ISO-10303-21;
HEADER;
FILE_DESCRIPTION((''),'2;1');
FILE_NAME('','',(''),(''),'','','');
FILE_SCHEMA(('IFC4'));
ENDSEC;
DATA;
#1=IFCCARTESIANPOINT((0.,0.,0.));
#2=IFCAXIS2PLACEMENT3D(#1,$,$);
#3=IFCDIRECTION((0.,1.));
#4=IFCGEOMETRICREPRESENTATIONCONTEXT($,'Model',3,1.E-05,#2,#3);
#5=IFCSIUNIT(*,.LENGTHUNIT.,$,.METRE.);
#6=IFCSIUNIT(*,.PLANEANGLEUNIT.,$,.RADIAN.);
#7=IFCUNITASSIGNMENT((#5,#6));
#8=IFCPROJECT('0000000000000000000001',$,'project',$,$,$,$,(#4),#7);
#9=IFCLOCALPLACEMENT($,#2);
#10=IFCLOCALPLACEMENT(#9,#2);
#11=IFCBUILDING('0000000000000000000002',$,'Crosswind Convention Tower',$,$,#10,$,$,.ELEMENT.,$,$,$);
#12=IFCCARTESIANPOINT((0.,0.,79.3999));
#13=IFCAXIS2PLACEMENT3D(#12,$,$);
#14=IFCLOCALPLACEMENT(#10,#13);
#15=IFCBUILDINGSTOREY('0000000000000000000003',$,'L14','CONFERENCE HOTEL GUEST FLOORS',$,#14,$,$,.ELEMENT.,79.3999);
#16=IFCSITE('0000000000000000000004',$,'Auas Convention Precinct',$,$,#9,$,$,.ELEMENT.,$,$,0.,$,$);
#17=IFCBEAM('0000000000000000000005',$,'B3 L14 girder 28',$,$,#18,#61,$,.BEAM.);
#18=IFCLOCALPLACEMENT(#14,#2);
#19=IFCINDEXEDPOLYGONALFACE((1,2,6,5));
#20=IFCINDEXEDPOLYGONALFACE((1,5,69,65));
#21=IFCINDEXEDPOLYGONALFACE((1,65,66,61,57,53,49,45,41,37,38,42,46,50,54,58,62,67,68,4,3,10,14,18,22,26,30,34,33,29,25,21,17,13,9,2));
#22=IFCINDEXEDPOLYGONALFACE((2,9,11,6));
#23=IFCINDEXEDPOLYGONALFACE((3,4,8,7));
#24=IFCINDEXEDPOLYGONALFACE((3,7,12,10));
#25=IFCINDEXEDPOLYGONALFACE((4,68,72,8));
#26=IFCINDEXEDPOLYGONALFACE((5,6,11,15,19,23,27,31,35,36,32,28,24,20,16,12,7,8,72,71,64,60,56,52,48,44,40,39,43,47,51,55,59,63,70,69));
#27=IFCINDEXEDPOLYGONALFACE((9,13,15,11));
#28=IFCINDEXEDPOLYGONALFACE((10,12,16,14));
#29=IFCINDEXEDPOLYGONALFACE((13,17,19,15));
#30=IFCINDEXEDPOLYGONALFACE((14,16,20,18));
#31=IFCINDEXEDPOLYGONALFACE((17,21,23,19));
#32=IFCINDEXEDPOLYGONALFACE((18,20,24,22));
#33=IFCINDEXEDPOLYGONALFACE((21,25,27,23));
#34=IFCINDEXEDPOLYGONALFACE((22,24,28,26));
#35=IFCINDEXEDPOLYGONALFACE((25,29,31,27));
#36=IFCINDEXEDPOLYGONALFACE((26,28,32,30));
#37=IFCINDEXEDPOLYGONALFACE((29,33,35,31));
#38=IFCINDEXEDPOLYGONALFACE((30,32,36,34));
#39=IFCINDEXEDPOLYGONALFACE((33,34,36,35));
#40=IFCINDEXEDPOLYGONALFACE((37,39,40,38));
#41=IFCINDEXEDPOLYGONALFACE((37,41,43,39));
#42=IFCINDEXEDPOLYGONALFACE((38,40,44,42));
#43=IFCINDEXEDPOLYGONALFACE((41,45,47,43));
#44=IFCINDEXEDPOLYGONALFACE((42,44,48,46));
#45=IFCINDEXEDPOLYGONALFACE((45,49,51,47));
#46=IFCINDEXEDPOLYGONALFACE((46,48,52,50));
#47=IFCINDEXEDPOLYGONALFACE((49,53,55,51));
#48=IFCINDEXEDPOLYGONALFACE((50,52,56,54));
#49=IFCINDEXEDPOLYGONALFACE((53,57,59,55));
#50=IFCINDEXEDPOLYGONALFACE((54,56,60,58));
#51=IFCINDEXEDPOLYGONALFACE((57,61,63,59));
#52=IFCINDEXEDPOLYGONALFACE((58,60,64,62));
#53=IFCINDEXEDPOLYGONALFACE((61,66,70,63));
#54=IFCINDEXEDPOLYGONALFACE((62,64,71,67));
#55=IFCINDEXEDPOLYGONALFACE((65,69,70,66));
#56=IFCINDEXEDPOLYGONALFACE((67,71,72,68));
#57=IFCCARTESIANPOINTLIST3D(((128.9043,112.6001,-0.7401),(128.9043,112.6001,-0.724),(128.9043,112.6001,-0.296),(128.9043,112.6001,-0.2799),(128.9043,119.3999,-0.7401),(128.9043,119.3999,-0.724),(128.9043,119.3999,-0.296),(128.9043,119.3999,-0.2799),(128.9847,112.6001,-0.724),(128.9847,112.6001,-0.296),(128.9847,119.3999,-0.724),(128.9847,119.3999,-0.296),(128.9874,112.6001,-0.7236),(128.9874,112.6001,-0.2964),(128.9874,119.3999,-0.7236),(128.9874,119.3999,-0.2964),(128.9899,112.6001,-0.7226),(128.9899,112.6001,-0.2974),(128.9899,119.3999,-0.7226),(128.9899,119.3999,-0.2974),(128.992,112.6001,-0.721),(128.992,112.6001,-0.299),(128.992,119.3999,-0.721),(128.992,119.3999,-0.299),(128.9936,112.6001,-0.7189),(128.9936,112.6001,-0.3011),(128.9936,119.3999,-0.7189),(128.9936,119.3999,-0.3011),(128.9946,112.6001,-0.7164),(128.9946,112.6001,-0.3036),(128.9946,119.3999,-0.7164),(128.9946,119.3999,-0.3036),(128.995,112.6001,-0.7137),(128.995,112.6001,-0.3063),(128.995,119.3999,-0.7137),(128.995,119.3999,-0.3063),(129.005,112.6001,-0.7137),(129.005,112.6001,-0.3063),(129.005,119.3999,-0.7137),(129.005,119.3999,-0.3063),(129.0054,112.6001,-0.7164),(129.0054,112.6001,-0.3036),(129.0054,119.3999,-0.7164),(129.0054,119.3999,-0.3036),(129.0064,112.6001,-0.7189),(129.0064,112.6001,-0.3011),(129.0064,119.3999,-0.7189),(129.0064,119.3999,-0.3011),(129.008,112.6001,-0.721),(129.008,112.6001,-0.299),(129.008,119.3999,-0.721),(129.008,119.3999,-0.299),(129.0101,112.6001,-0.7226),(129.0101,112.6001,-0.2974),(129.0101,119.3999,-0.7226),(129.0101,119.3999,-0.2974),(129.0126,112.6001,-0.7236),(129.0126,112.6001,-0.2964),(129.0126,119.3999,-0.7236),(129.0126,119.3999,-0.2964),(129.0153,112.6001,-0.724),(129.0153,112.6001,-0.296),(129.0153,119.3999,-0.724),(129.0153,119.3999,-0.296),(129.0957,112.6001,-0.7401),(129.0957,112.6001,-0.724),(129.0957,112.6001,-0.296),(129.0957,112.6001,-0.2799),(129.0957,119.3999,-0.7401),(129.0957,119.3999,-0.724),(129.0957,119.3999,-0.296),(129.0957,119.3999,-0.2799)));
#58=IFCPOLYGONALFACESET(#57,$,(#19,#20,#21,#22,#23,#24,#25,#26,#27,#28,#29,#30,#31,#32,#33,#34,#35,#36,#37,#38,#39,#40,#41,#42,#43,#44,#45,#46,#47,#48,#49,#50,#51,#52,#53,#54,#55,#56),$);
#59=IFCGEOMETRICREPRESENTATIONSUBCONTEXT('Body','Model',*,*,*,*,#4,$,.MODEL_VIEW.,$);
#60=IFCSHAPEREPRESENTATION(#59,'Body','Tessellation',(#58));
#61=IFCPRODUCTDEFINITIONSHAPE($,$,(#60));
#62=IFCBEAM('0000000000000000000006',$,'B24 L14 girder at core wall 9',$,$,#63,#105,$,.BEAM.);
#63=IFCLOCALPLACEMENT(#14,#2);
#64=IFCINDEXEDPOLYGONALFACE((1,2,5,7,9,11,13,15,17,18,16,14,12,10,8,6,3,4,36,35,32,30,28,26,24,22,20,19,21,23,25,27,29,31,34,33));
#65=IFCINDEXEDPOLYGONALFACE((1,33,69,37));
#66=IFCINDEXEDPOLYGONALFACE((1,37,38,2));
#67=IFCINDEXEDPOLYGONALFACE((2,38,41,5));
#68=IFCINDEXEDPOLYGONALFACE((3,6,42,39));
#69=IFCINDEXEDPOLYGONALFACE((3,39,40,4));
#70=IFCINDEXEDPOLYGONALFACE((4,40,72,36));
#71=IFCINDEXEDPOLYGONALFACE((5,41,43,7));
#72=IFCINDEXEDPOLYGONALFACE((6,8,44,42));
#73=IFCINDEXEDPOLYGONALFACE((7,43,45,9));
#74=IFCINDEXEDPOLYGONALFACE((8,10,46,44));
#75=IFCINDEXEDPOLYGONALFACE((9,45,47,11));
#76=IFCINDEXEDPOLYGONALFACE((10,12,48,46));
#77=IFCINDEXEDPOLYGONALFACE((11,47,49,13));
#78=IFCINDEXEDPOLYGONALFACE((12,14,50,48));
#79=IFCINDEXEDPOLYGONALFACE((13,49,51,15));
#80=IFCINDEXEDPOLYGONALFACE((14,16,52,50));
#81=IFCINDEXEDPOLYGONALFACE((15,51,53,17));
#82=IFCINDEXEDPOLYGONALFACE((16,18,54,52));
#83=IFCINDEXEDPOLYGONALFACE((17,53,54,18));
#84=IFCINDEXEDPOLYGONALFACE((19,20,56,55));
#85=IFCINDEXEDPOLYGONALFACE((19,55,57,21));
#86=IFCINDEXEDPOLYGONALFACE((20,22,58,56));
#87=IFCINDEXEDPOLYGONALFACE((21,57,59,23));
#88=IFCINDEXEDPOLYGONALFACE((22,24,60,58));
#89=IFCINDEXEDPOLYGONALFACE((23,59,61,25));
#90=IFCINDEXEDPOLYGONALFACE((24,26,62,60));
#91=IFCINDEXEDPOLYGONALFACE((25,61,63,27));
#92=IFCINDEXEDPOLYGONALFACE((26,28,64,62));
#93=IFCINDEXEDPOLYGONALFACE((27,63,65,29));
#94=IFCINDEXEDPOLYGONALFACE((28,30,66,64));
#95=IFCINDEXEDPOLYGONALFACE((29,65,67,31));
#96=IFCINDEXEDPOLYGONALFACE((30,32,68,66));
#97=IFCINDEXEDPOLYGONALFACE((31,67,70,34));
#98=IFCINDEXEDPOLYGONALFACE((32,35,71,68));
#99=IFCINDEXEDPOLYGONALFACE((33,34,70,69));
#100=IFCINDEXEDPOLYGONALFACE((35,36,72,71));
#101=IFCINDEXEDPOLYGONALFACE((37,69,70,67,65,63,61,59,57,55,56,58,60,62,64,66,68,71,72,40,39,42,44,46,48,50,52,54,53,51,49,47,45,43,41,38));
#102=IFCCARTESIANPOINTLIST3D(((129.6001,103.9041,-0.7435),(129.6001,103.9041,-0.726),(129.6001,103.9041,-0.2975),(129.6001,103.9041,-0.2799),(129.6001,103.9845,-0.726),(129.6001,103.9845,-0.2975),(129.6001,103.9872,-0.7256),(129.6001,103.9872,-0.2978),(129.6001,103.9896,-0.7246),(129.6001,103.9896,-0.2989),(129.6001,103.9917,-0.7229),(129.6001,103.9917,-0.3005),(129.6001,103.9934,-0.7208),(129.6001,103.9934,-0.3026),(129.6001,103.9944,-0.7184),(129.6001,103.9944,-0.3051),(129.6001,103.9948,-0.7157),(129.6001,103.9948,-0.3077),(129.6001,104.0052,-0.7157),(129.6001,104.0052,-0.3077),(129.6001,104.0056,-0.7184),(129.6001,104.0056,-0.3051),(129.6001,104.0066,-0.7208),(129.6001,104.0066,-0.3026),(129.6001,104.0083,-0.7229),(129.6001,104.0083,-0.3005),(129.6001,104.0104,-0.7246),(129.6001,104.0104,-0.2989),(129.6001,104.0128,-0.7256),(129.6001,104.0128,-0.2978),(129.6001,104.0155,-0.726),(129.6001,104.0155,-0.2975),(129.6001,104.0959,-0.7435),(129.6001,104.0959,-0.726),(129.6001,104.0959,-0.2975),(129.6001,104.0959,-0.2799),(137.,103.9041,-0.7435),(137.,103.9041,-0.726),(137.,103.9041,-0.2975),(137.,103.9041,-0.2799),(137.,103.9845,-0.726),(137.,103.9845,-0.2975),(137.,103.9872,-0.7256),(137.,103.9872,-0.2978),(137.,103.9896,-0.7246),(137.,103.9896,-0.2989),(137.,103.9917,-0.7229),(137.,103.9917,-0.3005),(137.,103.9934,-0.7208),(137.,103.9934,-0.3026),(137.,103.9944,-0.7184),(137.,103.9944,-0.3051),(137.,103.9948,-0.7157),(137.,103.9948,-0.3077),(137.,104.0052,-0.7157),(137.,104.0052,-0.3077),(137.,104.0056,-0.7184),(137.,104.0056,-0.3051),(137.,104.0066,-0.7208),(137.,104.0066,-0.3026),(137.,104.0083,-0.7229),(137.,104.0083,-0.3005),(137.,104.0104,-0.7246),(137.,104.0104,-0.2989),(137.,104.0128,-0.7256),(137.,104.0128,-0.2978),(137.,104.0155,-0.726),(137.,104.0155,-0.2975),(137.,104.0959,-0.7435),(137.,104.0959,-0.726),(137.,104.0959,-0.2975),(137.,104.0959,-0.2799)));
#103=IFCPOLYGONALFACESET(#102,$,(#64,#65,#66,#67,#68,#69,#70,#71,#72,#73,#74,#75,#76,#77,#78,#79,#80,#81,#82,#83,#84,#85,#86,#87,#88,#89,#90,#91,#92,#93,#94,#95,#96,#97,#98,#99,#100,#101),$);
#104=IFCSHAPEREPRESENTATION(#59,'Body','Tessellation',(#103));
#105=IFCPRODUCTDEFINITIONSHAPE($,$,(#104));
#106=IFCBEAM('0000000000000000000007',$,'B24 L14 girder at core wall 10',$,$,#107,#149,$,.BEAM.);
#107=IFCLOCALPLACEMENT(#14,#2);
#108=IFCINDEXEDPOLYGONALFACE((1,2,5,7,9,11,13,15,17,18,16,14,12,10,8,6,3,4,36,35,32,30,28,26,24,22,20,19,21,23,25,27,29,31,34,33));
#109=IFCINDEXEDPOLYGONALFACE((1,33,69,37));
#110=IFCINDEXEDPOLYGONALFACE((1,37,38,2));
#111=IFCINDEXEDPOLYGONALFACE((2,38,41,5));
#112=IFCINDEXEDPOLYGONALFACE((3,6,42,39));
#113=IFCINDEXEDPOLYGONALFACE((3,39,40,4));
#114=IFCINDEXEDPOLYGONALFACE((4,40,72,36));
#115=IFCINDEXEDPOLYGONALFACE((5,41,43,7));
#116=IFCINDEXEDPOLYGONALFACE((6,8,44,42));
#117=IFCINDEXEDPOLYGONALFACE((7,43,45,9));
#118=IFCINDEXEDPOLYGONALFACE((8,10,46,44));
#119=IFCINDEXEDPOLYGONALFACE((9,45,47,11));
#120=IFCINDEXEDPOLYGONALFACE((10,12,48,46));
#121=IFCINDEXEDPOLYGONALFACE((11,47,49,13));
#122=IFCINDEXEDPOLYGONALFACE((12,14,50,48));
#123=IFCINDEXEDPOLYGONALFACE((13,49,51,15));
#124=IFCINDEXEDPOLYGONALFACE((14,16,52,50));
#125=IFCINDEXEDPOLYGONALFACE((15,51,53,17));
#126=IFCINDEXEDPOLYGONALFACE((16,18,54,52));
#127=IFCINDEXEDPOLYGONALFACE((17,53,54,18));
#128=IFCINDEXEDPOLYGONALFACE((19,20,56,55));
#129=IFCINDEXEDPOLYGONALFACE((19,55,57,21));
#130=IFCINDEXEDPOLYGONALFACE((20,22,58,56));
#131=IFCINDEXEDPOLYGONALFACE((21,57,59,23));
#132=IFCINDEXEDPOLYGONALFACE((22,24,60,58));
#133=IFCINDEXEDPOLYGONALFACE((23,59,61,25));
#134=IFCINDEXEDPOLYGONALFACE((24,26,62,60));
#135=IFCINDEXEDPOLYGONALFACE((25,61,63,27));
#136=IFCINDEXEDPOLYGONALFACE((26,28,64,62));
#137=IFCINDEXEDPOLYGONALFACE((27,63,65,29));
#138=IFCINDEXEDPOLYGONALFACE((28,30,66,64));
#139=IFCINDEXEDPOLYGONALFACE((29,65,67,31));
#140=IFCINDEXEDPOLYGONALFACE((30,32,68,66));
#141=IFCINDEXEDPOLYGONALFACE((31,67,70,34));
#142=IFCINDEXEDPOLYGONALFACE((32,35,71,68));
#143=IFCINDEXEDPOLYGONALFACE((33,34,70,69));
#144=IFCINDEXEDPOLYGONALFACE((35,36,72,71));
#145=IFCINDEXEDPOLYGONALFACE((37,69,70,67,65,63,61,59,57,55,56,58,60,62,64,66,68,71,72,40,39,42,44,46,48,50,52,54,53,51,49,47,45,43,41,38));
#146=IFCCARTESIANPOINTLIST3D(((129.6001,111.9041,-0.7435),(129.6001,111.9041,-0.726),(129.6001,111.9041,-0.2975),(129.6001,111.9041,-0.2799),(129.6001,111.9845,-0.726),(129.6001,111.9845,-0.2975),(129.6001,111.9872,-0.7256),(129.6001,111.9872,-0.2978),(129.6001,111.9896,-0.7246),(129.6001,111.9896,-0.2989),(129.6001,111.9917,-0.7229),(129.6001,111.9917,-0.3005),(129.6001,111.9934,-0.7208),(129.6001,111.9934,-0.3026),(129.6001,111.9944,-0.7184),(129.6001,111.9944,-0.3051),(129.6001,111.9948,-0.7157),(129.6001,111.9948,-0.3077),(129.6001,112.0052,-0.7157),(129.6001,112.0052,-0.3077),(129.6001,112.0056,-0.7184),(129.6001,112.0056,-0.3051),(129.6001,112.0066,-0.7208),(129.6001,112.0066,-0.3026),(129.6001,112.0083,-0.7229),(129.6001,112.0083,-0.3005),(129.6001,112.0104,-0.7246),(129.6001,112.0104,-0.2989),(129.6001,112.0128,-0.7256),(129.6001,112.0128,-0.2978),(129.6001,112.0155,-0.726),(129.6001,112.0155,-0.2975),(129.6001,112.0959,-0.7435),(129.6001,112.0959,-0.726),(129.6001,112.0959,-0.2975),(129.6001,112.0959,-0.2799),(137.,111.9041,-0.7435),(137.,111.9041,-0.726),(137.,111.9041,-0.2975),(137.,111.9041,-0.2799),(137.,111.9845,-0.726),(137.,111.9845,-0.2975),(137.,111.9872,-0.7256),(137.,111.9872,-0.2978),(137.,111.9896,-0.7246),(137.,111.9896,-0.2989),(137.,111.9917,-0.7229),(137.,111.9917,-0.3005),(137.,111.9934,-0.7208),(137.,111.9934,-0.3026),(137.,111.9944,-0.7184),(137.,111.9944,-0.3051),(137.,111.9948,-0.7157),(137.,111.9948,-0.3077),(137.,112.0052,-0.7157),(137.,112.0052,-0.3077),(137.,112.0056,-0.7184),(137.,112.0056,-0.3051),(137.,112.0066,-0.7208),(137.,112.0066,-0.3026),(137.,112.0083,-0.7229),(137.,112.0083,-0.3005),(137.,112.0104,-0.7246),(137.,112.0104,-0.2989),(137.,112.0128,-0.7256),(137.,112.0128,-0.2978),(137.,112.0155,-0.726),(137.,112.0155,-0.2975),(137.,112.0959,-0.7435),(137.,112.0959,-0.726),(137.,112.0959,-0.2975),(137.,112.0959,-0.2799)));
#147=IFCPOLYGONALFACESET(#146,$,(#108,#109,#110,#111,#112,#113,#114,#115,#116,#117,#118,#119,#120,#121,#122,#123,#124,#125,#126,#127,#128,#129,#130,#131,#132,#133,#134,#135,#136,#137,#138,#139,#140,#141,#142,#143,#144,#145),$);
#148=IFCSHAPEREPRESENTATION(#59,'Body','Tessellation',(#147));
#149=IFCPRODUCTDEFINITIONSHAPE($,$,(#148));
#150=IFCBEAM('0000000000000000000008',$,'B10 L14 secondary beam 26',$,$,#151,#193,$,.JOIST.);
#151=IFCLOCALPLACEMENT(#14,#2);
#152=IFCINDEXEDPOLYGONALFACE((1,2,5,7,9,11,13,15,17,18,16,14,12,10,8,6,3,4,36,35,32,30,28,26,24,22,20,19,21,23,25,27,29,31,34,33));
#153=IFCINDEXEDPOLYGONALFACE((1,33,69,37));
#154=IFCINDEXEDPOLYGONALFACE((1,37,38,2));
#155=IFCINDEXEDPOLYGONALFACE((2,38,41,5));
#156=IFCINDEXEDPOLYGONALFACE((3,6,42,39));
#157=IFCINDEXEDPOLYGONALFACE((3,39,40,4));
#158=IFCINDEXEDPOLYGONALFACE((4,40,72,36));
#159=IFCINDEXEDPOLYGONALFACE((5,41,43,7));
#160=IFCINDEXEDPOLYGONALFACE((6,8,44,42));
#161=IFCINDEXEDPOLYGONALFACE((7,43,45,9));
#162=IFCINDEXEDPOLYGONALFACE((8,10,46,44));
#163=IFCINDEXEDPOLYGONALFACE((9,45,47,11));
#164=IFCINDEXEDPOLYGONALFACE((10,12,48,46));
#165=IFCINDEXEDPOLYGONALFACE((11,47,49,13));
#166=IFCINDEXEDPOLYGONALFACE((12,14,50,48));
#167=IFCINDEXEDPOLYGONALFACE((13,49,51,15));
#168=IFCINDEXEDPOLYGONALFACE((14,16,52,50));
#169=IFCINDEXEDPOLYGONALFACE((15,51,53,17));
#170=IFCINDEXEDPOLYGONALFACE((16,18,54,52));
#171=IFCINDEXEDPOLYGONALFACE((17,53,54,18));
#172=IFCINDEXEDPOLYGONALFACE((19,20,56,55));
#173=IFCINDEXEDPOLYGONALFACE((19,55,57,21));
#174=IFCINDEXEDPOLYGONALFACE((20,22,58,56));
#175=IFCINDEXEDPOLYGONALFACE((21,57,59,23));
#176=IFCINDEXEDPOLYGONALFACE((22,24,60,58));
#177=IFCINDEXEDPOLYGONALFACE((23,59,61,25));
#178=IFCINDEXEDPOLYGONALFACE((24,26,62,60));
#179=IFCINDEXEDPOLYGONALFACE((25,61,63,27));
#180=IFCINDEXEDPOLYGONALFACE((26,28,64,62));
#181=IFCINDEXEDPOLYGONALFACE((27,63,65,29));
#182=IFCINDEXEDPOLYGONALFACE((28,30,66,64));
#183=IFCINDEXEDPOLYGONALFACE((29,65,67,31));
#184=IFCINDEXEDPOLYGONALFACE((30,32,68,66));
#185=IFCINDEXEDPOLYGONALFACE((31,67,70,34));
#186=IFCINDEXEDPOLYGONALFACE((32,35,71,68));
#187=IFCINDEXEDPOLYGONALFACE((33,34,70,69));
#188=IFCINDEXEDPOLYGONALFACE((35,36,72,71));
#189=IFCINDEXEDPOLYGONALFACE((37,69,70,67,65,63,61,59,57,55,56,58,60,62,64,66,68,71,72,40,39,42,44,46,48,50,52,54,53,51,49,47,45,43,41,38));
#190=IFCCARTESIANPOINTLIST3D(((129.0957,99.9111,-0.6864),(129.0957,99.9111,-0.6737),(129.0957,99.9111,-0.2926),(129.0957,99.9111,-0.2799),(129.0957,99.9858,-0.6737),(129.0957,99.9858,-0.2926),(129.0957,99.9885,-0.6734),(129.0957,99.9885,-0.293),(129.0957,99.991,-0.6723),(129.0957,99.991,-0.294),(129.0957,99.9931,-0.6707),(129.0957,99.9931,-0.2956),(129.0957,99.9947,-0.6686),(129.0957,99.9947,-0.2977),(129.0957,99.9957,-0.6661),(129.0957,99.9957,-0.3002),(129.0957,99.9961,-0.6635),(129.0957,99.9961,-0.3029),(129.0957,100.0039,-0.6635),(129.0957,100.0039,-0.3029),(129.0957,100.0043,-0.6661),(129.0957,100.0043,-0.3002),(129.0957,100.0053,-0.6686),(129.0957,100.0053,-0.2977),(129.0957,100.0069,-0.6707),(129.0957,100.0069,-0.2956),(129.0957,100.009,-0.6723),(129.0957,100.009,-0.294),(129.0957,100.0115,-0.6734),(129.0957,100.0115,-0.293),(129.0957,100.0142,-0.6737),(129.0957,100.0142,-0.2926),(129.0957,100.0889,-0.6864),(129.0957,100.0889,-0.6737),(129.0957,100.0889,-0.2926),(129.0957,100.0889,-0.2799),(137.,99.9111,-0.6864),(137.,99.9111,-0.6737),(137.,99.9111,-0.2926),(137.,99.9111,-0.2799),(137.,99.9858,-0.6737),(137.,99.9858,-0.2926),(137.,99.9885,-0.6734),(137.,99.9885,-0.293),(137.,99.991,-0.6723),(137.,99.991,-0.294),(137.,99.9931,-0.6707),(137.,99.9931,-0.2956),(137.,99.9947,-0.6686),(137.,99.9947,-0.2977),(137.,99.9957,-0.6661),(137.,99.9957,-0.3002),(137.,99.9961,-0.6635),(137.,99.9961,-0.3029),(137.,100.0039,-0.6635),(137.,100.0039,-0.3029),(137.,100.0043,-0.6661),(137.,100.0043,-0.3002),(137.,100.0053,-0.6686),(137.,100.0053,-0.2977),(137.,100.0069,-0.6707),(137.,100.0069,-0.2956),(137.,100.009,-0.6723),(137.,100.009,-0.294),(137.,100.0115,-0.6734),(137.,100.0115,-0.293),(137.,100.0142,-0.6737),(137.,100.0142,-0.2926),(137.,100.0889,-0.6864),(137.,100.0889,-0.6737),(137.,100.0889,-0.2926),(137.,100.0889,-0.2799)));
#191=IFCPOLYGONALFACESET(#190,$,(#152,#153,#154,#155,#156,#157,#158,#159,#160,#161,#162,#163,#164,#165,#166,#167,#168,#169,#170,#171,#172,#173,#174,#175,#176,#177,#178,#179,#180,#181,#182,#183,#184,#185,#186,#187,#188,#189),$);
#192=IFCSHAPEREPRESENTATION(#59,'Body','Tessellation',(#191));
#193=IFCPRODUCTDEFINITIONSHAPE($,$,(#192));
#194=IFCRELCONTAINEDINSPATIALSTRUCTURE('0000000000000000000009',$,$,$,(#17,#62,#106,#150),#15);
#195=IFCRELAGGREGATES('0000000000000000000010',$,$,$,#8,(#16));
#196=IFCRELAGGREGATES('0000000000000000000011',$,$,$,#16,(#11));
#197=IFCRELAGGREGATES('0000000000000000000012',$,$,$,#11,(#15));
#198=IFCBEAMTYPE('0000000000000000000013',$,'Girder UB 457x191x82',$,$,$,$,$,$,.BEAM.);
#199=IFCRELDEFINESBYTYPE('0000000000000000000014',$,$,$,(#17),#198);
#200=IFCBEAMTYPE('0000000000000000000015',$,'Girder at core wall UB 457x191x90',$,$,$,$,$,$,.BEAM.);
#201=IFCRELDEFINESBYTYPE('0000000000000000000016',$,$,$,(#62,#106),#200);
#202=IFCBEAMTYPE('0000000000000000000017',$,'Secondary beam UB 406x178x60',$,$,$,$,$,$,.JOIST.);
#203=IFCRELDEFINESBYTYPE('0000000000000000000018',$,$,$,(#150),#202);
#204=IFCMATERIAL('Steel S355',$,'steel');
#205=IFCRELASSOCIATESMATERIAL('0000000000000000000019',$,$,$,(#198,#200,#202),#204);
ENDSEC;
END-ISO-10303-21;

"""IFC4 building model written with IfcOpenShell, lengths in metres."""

from ifc_helpers import new_model, si_unit, direction, frame, origin, origin_2d, place, context, subcontext, project, spatial, i_section, extrude, material, material_profile, profile_set, type_object, element, save


model = new_model("IFC4")

# Units and contexts
model_context = context("Model", 3, precision=1e-05, world=origin(), true_north=direction((0.0, 1.0)))
body_context = subcontext(model_context, "Body", "Model", "MODEL_VIEW")
ifc_project = project(units=[si_unit("LENGTHUNIT", "METRE"), si_unit("PLANEANGLEUNIT", "RADIAN")], contexts=[model_context])

# Site, building, storey
site_placement = place(None, origin())
site = spatial("IfcSite", under=ifc_project, at=site_placement, Name="Auas Convention Precinct", CompositionType="ELEMENT", RefElevation=0.0)
building_placement = place(site_placement, origin())
building = spatial("IfcBuilding", under=site, at=building_placement, Name="Crosswind Convention Tower", CompositionType="ELEMENT")
storey_placement = place(building_placement, frame((0.0, 0.0, 79.3999)))
storey = spatial("IfcBuildingStorey", under=building, at=storey_placement, Name="L14", Description="CONFERENCE HOTEL GUEST FLOORS", CompositionType="ELEMENT", Elevation=79.3999)

# Beams
ifc_material_1 = material(Name="Steel S355", Category="steel")
ifc_material_profile_1 = material_profile(ifc_material_1, i_section(OverallWidth=0.1914, OverallDepth=0.4602, WebThickness=0.01, FlangeThickness=0.0161, FilletRadius=0.0103, at=origin_2d()), Name="UB 457x191x82")
ifc_profile_set_1 = profile_set([ifc_material_profile_1], Name="Steel S355")
beam_type_1 = type_object("IfcBeamType", Name="Girder UB 457x191x82", PredefinedType="BEAM", material=ifc_profile_set_1)
for number, where, z_axis, x_axis, name in (
    (1, (129.0, 112.6001, -0.51), (0.0, 1.0, 0.0), (-1.0, 0.0, 0.0), "B3 L14 girder 28"),
):
    element("IfcBeam", number, at=place(storey_placement, frame(where, z_axis=z_axis, x_axis=x_axis)), inside=storey, type_object=beam_type_1, Name=name, PredefinedType="BEAM", context=body_context, shape_type="SweptSolid", body=[
        extrude(i_section(OverallWidth=0.1914, OverallDepth=0.4602, WebThickness=0.01, FlangeThickness=0.0161, FilletRadius=0.0103, at=origin_2d()), origin(), (0.0, 0.0, 1.0), 6.7998),
    ])
ifc_material_profile_2 = material_profile(ifc_material_1, i_section(OverallWidth=0.1919, OverallDepth=0.4636, WebThickness=0.0105, FlangeThickness=0.0176, FilletRadius=0.0103, at=origin_2d()), Name="UB 457x191x90")
ifc_profile_set_2 = profile_set([ifc_material_profile_2], Name="Steel S355")
beam_type_2 = type_object("IfcBeamType", Name="Girder at core wall UB 457x191x90", PredefinedType="BEAM", material=ifc_profile_set_2)
for number, where, z_axis, x_axis, name in (
    (2, (129.6001, 104.0, -0.5117), (1.0, 0.0, 0.0), (0.0, 1.0, 0.0), "B24 L14 girder at core wall 9"),
    (3, (129.6001, 112.0, -0.5117), (1.0, 0.0, 0.0), (0.0, 1.0, 0.0), "B24 L14 girder at core wall 10"),
):
    element("IfcBeam", number, at=place(storey_placement, frame(where, z_axis=z_axis, x_axis=x_axis)), inside=storey, type_object=beam_type_2, Name=name, PredefinedType="BEAM", context=body_context, shape_type="SweptSolid", body=[
        extrude(i_section(OverallWidth=0.1919, OverallDepth=0.4636, WebThickness=0.0105, FlangeThickness=0.0176, FilletRadius=0.0103, at=origin_2d()), origin(), (0.0, 0.0, 1.0), 7.3999),
    ])
ifc_material_profile_3 = material_profile(ifc_material_1, i_section(OverallWidth=0.1777, OverallDepth=0.4065, WebThickness=0.0078, FlangeThickness=0.0127, FilletRadius=0.0103, at=origin_2d()), Name="UB 406x178x60")
ifc_profile_set_3 = profile_set([ifc_material_profile_3], Name="Steel S355")
beam_type_3 = type_object("IfcBeamType", Name="Secondary beam UB 406x178x60", PredefinedType="JOIST", material=ifc_profile_set_3)
for number, where, z_axis, x_axis, name in (
    (4, (129.0957, 100.0, -0.4832), (1.0, 0.0, 0.0), (0.0, 1.0, 0.0), "B10 L14 secondary beam 26"),
):
    element("IfcBeam", number, at=place(storey_placement, frame(where, z_axis=z_axis, x_axis=x_axis)), inside=storey, type_object=beam_type_3, Name=name, PredefinedType="JOIST", context=body_context, shape_type="SweptSolid", body=[
        extrude(i_section(OverallWidth=0.1777, OverallDepth=0.4065, WebThickness=0.0078, FlangeThickness=0.0127, FilletRadius=0.0103, at=origin_2d()), origin(), (0.0, 0.0, 1.0), 7.9043),
    ])

save(model, "model.ifc")
